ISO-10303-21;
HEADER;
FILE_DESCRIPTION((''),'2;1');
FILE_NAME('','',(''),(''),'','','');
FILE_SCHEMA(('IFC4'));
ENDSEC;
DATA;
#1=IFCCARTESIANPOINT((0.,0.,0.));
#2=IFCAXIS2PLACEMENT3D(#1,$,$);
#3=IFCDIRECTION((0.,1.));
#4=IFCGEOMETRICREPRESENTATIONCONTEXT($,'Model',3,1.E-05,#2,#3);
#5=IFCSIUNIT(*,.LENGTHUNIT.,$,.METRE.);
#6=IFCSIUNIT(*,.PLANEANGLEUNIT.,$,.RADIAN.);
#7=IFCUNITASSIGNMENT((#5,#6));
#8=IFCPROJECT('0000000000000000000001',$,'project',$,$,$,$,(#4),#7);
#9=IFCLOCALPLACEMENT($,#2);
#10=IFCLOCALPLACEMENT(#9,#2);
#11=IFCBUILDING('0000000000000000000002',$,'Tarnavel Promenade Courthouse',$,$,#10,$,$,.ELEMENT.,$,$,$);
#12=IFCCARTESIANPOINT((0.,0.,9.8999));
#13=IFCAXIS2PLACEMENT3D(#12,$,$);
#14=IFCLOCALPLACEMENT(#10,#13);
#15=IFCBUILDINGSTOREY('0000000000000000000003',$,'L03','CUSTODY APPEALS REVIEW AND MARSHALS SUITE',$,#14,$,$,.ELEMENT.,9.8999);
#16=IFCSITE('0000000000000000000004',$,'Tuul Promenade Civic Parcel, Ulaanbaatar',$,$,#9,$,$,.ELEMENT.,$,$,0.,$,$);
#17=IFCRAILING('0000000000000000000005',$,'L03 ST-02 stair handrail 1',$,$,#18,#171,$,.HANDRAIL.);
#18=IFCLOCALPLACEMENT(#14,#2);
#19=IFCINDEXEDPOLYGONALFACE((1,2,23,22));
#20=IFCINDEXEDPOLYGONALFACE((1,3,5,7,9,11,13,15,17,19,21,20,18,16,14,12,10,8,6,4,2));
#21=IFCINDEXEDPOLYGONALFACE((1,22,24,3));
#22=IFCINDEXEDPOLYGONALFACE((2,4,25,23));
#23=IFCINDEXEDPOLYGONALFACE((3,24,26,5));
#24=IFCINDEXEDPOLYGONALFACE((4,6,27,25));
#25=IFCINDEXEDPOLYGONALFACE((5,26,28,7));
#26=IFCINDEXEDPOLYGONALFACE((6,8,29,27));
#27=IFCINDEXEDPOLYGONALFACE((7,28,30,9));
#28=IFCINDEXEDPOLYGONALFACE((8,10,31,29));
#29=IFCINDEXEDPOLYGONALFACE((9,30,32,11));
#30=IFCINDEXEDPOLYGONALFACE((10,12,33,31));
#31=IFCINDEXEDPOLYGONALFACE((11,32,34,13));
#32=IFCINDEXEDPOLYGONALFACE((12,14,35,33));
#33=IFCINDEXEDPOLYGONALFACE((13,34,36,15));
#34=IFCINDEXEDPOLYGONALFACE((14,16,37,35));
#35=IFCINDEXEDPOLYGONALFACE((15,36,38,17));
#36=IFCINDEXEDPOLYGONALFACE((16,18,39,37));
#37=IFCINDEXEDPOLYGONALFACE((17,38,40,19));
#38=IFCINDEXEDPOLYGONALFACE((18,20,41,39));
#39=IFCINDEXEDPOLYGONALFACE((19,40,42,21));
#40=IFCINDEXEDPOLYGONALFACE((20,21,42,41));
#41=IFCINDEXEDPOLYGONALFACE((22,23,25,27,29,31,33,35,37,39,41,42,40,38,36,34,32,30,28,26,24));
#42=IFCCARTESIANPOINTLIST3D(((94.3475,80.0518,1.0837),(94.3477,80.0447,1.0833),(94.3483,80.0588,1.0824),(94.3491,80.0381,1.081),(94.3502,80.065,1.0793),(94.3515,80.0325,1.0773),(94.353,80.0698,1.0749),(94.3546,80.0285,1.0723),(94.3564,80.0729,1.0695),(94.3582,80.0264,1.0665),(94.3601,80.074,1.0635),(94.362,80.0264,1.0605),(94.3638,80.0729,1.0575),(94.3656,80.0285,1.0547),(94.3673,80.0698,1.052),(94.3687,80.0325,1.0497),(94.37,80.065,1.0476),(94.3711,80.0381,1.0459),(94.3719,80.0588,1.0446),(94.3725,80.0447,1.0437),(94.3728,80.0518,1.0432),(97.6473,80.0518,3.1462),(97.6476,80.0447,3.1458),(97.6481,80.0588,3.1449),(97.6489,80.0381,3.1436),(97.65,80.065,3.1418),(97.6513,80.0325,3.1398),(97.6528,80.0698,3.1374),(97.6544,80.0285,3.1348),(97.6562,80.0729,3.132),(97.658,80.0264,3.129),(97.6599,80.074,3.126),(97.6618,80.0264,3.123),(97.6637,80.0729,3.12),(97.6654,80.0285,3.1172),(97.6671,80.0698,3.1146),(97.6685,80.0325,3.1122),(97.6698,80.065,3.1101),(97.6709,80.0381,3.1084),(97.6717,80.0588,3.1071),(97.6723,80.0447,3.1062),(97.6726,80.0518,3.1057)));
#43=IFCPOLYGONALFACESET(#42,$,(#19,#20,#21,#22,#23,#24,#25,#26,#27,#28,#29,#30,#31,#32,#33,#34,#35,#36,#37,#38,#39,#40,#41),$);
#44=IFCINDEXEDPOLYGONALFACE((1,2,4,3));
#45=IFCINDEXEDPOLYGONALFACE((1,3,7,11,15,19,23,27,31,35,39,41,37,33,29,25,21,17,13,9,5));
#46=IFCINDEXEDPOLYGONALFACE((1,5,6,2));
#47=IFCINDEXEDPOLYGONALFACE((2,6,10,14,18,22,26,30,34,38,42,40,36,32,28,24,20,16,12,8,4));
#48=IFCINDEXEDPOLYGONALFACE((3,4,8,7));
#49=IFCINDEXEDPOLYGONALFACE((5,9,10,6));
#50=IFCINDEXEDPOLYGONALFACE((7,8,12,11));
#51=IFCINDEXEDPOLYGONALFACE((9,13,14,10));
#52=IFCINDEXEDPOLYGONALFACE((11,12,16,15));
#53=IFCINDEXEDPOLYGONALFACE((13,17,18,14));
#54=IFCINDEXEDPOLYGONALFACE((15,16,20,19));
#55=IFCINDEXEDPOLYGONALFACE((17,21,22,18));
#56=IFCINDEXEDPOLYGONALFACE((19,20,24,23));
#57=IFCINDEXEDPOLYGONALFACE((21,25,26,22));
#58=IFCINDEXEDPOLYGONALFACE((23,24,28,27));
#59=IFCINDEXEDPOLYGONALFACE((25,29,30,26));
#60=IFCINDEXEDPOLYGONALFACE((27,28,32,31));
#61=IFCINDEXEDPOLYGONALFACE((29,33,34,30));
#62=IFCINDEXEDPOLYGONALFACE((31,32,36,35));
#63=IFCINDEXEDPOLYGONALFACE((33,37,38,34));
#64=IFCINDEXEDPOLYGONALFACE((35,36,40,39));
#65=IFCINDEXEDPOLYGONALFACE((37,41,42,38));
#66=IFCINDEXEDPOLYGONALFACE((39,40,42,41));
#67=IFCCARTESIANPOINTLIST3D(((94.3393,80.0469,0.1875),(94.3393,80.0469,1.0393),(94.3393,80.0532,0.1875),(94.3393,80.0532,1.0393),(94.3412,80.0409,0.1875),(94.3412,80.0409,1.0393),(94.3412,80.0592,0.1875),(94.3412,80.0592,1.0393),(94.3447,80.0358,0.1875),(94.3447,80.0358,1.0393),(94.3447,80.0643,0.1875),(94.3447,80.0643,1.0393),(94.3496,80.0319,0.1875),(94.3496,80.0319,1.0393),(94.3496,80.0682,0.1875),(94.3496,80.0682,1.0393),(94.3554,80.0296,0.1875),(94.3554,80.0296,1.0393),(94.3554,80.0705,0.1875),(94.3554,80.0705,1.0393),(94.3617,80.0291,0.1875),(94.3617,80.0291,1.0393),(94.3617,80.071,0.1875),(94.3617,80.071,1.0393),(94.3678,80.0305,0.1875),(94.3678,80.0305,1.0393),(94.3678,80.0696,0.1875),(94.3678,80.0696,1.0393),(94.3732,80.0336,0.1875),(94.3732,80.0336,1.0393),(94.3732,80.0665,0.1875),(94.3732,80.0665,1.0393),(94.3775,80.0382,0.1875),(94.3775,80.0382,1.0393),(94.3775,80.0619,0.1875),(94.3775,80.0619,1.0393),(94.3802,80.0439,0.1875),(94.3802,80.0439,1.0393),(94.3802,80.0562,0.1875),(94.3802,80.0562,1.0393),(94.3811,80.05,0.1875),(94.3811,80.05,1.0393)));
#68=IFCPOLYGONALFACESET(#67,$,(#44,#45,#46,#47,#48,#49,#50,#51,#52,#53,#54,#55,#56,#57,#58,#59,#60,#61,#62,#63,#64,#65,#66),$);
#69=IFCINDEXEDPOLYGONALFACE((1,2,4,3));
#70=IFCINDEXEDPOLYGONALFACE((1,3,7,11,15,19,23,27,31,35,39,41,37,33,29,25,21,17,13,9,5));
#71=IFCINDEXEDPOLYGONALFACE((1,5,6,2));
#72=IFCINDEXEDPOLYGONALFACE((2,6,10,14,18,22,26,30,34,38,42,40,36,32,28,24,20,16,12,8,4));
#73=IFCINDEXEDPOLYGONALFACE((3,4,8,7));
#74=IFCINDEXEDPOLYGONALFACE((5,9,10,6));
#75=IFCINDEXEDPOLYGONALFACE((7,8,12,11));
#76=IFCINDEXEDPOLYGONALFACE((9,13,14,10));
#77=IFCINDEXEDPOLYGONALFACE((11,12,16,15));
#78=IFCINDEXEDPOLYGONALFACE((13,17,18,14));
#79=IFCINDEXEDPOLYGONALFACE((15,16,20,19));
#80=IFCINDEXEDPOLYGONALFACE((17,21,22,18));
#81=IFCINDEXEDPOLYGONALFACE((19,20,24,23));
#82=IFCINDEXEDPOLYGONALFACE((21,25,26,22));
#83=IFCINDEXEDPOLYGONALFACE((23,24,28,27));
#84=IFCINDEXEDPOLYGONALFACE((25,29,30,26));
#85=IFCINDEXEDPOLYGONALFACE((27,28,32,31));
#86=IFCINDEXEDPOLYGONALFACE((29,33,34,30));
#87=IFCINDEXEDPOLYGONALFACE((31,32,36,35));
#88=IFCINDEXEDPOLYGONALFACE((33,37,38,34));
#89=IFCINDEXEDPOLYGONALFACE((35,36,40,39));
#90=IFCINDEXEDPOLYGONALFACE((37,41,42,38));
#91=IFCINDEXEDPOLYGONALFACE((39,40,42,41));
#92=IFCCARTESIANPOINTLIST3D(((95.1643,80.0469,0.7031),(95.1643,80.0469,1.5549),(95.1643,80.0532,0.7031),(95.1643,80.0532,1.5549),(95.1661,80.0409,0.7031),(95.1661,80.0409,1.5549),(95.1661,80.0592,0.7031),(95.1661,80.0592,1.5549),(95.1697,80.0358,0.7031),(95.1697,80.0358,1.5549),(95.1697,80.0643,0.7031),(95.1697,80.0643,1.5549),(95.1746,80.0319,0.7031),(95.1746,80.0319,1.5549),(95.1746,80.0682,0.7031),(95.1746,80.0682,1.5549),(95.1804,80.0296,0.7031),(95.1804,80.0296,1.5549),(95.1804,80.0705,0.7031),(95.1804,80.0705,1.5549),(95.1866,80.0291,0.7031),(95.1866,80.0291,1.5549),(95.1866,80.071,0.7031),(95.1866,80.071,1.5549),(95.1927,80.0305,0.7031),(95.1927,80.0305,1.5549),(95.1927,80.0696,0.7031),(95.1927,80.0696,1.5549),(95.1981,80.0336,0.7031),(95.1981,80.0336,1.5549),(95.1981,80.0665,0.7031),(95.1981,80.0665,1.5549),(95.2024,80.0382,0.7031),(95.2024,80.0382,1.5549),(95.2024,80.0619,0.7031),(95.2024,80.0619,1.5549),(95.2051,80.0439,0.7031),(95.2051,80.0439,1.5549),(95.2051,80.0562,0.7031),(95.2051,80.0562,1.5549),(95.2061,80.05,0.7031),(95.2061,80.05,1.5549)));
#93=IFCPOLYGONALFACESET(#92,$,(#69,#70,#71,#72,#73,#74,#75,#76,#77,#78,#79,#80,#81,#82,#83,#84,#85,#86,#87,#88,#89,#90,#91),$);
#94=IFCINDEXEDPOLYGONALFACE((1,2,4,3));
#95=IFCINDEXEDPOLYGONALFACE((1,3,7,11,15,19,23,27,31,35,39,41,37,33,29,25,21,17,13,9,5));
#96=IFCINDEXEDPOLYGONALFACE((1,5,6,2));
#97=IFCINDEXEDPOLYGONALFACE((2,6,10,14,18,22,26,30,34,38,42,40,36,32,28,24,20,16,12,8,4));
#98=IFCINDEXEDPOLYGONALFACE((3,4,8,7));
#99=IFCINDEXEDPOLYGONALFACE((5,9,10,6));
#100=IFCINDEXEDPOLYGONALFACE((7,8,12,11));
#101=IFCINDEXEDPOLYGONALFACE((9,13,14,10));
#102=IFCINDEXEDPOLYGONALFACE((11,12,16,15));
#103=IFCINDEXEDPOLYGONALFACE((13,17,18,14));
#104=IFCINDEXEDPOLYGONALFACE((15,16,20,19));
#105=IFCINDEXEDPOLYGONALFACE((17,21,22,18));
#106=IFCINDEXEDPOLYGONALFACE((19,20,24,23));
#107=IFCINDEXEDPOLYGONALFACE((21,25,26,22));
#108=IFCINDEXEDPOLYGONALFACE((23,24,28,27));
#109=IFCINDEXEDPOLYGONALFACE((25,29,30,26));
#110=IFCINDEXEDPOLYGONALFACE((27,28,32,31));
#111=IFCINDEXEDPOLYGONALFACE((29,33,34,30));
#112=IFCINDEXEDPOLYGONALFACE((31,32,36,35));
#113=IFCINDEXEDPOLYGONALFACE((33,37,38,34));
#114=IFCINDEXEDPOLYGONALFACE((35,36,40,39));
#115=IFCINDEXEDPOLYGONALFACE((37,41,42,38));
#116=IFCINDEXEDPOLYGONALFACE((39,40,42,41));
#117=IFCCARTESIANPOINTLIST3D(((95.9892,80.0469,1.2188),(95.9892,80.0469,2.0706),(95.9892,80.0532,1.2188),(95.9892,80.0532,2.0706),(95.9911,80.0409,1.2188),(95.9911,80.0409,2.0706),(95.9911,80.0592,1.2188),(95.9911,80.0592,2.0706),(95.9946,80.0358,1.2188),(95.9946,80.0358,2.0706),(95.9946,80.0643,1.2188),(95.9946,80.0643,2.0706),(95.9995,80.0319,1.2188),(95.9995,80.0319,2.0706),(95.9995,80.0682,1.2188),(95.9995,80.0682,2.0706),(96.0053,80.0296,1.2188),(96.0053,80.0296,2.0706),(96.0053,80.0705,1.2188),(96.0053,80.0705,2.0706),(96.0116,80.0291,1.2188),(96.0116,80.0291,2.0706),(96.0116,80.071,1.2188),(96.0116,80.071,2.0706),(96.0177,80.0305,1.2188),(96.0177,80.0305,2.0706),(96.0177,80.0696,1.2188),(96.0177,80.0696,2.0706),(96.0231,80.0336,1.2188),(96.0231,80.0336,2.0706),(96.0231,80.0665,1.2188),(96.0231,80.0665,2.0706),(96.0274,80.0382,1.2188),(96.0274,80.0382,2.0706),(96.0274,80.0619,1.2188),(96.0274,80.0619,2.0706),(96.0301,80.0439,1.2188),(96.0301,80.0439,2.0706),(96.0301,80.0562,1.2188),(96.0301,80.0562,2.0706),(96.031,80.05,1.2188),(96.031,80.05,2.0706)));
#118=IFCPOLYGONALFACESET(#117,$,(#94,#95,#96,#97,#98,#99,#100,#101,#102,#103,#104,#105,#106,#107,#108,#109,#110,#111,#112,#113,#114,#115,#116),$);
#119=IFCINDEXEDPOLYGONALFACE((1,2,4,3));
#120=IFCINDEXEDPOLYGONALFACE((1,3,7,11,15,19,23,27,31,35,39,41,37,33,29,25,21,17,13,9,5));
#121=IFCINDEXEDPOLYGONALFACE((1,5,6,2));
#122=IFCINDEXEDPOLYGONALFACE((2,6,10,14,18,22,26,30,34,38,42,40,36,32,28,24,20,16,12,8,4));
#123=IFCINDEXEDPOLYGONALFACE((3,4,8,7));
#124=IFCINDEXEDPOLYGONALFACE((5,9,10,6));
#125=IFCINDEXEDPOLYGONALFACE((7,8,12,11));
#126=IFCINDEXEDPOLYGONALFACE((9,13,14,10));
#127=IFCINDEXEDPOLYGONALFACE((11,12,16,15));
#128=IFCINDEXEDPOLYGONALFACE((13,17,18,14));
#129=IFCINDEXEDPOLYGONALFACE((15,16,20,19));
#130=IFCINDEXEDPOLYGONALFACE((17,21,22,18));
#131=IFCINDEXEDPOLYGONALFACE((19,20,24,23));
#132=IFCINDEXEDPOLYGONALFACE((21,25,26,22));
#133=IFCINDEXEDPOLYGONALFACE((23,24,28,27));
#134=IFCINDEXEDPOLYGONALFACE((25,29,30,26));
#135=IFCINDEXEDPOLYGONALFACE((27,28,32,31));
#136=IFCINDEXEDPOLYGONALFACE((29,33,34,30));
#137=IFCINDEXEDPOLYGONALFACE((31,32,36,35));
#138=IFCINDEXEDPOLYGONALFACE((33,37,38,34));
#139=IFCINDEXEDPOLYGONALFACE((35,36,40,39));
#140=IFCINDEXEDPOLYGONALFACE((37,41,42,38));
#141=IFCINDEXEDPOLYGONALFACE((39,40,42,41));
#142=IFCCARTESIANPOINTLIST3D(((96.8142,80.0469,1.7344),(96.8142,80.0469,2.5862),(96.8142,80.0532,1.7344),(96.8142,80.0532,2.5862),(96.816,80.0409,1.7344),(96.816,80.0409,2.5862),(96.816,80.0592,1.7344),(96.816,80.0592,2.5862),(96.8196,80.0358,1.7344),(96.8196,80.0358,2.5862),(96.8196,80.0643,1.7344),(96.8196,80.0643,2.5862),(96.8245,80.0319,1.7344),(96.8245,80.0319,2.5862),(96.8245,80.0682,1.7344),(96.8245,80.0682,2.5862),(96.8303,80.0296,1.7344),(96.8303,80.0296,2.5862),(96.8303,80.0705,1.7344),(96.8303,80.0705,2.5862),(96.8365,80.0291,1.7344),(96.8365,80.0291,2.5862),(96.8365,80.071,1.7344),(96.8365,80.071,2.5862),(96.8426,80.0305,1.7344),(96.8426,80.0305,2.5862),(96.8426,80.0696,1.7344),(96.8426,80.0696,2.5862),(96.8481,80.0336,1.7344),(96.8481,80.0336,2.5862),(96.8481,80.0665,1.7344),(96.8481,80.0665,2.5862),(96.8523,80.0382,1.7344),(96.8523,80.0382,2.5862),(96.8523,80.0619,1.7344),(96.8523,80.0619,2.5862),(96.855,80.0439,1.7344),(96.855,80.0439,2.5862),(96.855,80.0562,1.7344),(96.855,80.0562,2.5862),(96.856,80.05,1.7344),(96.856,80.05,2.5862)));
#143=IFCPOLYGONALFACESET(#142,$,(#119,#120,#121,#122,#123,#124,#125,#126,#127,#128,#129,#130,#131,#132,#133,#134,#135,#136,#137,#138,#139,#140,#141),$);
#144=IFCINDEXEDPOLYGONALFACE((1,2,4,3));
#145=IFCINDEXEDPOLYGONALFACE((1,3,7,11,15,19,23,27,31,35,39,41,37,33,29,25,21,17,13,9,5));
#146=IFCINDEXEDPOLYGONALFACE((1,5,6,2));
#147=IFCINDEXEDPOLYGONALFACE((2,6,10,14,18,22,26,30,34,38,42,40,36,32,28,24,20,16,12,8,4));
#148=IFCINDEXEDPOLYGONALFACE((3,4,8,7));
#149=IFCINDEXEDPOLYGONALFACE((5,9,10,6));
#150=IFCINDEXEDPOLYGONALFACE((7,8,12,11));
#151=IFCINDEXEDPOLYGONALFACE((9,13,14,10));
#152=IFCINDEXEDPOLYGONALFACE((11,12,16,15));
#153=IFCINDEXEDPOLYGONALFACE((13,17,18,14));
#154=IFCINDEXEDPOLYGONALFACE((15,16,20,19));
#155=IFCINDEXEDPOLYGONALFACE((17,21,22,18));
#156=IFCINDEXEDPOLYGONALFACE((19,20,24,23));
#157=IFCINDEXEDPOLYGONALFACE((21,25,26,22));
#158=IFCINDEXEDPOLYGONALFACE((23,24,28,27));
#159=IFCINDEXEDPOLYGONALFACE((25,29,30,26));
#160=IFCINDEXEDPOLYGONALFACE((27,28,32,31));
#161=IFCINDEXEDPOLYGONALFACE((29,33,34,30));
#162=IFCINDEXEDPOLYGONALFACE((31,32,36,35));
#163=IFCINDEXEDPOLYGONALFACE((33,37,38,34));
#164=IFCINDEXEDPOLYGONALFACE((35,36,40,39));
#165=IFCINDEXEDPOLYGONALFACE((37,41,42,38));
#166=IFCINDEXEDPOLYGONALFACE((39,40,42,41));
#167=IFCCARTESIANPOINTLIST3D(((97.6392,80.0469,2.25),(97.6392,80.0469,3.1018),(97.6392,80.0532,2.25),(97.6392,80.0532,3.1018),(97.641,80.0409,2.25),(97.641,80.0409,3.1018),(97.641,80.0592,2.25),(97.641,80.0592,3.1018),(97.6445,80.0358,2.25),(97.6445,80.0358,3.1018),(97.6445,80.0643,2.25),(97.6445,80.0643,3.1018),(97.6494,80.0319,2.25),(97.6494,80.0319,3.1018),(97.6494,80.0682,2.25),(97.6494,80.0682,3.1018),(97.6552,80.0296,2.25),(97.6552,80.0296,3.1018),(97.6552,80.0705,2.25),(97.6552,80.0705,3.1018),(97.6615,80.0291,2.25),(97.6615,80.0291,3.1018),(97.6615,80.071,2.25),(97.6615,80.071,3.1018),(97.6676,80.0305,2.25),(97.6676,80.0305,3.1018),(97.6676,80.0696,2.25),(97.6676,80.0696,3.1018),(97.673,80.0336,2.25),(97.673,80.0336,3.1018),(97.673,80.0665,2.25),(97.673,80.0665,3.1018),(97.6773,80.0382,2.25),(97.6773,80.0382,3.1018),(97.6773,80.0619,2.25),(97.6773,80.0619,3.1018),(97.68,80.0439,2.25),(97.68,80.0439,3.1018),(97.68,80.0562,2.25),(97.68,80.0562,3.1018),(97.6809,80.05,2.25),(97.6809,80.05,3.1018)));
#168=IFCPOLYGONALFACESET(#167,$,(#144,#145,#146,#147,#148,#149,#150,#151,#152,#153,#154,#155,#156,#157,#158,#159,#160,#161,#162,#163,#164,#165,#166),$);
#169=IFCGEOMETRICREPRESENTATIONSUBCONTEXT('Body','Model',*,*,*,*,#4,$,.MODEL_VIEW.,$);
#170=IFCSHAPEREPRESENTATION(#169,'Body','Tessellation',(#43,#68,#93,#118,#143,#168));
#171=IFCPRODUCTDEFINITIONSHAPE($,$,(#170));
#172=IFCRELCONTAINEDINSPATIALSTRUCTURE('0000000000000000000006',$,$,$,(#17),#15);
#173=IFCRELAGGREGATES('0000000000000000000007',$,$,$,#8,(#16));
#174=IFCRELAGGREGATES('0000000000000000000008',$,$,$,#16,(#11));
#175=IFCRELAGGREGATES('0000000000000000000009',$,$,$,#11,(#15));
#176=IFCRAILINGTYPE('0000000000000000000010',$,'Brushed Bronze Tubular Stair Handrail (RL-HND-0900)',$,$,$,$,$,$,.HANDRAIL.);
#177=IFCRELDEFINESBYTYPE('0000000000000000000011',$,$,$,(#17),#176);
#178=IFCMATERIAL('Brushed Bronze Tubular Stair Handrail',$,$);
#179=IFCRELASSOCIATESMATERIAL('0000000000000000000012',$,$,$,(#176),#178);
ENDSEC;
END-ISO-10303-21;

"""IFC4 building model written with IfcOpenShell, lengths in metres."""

from ifc_helpers import new_model, si_unit, direction, frame, origin, origin_2d, place, context, subcontext, project, spatial, circle, extrude, material, type_object, element, save


model = new_model("IFC4")

# Units and contexts
model_context = context("Model", 3, precision=1e-05, world=origin(), true_north=direction((0.0, 1.0)))
body_context = subcontext(model_context, "Body", "Model", "MODEL_VIEW")
ifc_project = project(units=[si_unit("LENGTHUNIT", "METRE"), si_unit("PLANEANGLEUNIT", "RADIAN")], contexts=[model_context])

# Site, building, storey
site_placement = place(None, origin())
site = spatial("IfcSite", under=ifc_project, at=site_placement, Name="Tuul Promenade Civic Parcel, Ulaanbaatar", CompositionType="ELEMENT", RefElevation=0.0)
building_placement = place(site_placement, origin())
building = spatial("IfcBuilding", under=site, at=building_placement, Name="Tarnavel Promenade Courthouse", CompositionType="ELEMENT")
storey_placement = place(building_placement, frame((0.0, 0.0, 9.8999)))
storey = spatial("IfcBuildingStorey", under=building, at=storey_placement, Name="L03", Description="CUSTODY APPEALS REVIEW AND MARSHALS SUITE", CompositionType="ELEMENT", Elevation=9.8999)

# Railing
ifc_material_1 = material(Name="Brushed Bronze Tubular Stair Handrail")
railing_type_1 = type_object("IfcRailingType", Name="Brushed Bronze Tubular Stair Handrail (RL-HND-0900)", PredefinedType="HANDRAIL", material=ifc_material_1)
railing_1_placement = place(storey_placement, frame((94.3601, 80.05, 0.1875)))
element("IfcRailing", 1, at=railing_1_placement, inside=storey, type_object=railing_type_1, Name="L03 ST-02 stair handrail 1", PredefinedType="HANDRAIL", context=body_context, shape_type="SweptSolid", body=[
    extrude(circle(Radius=0.0239, at=origin_2d()), frame((0.0, 0.0, 0.876), z_axis=(0.847984, 0.0, 0.530021), x_axis=(0.0, 1.0, 0.0)), (0.0, 0.0, 1.0), 3.8914),
    extrude(circle(Radius=0.021, at=origin_2d()), origin(), (0.0, 0.0, 1.0), 0.8518),
    extrude(circle(Radius=0.021, at=origin_2d()), frame((0.825, 0.0, 0.5156)), (0.0, 0.0, 1.0), 0.8518),
    extrude(circle(Radius=0.021, at=origin_2d()), frame((1.6499, 0.0, 1.0312)), (0.0, 0.0, 1.0), 0.8518),
    extrude(circle(Radius=0.021, at=origin_2d()), frame((2.4749, 0.0, 1.5469)), (0.0, 0.0, 1.0), 0.8518),
    extrude(circle(Radius=0.021, at=origin_2d()), frame((3.2998, 0.0, 2.0625)), (0.0, 0.0, 1.0), 0.8518),
])

save(model, "model.ifc")
